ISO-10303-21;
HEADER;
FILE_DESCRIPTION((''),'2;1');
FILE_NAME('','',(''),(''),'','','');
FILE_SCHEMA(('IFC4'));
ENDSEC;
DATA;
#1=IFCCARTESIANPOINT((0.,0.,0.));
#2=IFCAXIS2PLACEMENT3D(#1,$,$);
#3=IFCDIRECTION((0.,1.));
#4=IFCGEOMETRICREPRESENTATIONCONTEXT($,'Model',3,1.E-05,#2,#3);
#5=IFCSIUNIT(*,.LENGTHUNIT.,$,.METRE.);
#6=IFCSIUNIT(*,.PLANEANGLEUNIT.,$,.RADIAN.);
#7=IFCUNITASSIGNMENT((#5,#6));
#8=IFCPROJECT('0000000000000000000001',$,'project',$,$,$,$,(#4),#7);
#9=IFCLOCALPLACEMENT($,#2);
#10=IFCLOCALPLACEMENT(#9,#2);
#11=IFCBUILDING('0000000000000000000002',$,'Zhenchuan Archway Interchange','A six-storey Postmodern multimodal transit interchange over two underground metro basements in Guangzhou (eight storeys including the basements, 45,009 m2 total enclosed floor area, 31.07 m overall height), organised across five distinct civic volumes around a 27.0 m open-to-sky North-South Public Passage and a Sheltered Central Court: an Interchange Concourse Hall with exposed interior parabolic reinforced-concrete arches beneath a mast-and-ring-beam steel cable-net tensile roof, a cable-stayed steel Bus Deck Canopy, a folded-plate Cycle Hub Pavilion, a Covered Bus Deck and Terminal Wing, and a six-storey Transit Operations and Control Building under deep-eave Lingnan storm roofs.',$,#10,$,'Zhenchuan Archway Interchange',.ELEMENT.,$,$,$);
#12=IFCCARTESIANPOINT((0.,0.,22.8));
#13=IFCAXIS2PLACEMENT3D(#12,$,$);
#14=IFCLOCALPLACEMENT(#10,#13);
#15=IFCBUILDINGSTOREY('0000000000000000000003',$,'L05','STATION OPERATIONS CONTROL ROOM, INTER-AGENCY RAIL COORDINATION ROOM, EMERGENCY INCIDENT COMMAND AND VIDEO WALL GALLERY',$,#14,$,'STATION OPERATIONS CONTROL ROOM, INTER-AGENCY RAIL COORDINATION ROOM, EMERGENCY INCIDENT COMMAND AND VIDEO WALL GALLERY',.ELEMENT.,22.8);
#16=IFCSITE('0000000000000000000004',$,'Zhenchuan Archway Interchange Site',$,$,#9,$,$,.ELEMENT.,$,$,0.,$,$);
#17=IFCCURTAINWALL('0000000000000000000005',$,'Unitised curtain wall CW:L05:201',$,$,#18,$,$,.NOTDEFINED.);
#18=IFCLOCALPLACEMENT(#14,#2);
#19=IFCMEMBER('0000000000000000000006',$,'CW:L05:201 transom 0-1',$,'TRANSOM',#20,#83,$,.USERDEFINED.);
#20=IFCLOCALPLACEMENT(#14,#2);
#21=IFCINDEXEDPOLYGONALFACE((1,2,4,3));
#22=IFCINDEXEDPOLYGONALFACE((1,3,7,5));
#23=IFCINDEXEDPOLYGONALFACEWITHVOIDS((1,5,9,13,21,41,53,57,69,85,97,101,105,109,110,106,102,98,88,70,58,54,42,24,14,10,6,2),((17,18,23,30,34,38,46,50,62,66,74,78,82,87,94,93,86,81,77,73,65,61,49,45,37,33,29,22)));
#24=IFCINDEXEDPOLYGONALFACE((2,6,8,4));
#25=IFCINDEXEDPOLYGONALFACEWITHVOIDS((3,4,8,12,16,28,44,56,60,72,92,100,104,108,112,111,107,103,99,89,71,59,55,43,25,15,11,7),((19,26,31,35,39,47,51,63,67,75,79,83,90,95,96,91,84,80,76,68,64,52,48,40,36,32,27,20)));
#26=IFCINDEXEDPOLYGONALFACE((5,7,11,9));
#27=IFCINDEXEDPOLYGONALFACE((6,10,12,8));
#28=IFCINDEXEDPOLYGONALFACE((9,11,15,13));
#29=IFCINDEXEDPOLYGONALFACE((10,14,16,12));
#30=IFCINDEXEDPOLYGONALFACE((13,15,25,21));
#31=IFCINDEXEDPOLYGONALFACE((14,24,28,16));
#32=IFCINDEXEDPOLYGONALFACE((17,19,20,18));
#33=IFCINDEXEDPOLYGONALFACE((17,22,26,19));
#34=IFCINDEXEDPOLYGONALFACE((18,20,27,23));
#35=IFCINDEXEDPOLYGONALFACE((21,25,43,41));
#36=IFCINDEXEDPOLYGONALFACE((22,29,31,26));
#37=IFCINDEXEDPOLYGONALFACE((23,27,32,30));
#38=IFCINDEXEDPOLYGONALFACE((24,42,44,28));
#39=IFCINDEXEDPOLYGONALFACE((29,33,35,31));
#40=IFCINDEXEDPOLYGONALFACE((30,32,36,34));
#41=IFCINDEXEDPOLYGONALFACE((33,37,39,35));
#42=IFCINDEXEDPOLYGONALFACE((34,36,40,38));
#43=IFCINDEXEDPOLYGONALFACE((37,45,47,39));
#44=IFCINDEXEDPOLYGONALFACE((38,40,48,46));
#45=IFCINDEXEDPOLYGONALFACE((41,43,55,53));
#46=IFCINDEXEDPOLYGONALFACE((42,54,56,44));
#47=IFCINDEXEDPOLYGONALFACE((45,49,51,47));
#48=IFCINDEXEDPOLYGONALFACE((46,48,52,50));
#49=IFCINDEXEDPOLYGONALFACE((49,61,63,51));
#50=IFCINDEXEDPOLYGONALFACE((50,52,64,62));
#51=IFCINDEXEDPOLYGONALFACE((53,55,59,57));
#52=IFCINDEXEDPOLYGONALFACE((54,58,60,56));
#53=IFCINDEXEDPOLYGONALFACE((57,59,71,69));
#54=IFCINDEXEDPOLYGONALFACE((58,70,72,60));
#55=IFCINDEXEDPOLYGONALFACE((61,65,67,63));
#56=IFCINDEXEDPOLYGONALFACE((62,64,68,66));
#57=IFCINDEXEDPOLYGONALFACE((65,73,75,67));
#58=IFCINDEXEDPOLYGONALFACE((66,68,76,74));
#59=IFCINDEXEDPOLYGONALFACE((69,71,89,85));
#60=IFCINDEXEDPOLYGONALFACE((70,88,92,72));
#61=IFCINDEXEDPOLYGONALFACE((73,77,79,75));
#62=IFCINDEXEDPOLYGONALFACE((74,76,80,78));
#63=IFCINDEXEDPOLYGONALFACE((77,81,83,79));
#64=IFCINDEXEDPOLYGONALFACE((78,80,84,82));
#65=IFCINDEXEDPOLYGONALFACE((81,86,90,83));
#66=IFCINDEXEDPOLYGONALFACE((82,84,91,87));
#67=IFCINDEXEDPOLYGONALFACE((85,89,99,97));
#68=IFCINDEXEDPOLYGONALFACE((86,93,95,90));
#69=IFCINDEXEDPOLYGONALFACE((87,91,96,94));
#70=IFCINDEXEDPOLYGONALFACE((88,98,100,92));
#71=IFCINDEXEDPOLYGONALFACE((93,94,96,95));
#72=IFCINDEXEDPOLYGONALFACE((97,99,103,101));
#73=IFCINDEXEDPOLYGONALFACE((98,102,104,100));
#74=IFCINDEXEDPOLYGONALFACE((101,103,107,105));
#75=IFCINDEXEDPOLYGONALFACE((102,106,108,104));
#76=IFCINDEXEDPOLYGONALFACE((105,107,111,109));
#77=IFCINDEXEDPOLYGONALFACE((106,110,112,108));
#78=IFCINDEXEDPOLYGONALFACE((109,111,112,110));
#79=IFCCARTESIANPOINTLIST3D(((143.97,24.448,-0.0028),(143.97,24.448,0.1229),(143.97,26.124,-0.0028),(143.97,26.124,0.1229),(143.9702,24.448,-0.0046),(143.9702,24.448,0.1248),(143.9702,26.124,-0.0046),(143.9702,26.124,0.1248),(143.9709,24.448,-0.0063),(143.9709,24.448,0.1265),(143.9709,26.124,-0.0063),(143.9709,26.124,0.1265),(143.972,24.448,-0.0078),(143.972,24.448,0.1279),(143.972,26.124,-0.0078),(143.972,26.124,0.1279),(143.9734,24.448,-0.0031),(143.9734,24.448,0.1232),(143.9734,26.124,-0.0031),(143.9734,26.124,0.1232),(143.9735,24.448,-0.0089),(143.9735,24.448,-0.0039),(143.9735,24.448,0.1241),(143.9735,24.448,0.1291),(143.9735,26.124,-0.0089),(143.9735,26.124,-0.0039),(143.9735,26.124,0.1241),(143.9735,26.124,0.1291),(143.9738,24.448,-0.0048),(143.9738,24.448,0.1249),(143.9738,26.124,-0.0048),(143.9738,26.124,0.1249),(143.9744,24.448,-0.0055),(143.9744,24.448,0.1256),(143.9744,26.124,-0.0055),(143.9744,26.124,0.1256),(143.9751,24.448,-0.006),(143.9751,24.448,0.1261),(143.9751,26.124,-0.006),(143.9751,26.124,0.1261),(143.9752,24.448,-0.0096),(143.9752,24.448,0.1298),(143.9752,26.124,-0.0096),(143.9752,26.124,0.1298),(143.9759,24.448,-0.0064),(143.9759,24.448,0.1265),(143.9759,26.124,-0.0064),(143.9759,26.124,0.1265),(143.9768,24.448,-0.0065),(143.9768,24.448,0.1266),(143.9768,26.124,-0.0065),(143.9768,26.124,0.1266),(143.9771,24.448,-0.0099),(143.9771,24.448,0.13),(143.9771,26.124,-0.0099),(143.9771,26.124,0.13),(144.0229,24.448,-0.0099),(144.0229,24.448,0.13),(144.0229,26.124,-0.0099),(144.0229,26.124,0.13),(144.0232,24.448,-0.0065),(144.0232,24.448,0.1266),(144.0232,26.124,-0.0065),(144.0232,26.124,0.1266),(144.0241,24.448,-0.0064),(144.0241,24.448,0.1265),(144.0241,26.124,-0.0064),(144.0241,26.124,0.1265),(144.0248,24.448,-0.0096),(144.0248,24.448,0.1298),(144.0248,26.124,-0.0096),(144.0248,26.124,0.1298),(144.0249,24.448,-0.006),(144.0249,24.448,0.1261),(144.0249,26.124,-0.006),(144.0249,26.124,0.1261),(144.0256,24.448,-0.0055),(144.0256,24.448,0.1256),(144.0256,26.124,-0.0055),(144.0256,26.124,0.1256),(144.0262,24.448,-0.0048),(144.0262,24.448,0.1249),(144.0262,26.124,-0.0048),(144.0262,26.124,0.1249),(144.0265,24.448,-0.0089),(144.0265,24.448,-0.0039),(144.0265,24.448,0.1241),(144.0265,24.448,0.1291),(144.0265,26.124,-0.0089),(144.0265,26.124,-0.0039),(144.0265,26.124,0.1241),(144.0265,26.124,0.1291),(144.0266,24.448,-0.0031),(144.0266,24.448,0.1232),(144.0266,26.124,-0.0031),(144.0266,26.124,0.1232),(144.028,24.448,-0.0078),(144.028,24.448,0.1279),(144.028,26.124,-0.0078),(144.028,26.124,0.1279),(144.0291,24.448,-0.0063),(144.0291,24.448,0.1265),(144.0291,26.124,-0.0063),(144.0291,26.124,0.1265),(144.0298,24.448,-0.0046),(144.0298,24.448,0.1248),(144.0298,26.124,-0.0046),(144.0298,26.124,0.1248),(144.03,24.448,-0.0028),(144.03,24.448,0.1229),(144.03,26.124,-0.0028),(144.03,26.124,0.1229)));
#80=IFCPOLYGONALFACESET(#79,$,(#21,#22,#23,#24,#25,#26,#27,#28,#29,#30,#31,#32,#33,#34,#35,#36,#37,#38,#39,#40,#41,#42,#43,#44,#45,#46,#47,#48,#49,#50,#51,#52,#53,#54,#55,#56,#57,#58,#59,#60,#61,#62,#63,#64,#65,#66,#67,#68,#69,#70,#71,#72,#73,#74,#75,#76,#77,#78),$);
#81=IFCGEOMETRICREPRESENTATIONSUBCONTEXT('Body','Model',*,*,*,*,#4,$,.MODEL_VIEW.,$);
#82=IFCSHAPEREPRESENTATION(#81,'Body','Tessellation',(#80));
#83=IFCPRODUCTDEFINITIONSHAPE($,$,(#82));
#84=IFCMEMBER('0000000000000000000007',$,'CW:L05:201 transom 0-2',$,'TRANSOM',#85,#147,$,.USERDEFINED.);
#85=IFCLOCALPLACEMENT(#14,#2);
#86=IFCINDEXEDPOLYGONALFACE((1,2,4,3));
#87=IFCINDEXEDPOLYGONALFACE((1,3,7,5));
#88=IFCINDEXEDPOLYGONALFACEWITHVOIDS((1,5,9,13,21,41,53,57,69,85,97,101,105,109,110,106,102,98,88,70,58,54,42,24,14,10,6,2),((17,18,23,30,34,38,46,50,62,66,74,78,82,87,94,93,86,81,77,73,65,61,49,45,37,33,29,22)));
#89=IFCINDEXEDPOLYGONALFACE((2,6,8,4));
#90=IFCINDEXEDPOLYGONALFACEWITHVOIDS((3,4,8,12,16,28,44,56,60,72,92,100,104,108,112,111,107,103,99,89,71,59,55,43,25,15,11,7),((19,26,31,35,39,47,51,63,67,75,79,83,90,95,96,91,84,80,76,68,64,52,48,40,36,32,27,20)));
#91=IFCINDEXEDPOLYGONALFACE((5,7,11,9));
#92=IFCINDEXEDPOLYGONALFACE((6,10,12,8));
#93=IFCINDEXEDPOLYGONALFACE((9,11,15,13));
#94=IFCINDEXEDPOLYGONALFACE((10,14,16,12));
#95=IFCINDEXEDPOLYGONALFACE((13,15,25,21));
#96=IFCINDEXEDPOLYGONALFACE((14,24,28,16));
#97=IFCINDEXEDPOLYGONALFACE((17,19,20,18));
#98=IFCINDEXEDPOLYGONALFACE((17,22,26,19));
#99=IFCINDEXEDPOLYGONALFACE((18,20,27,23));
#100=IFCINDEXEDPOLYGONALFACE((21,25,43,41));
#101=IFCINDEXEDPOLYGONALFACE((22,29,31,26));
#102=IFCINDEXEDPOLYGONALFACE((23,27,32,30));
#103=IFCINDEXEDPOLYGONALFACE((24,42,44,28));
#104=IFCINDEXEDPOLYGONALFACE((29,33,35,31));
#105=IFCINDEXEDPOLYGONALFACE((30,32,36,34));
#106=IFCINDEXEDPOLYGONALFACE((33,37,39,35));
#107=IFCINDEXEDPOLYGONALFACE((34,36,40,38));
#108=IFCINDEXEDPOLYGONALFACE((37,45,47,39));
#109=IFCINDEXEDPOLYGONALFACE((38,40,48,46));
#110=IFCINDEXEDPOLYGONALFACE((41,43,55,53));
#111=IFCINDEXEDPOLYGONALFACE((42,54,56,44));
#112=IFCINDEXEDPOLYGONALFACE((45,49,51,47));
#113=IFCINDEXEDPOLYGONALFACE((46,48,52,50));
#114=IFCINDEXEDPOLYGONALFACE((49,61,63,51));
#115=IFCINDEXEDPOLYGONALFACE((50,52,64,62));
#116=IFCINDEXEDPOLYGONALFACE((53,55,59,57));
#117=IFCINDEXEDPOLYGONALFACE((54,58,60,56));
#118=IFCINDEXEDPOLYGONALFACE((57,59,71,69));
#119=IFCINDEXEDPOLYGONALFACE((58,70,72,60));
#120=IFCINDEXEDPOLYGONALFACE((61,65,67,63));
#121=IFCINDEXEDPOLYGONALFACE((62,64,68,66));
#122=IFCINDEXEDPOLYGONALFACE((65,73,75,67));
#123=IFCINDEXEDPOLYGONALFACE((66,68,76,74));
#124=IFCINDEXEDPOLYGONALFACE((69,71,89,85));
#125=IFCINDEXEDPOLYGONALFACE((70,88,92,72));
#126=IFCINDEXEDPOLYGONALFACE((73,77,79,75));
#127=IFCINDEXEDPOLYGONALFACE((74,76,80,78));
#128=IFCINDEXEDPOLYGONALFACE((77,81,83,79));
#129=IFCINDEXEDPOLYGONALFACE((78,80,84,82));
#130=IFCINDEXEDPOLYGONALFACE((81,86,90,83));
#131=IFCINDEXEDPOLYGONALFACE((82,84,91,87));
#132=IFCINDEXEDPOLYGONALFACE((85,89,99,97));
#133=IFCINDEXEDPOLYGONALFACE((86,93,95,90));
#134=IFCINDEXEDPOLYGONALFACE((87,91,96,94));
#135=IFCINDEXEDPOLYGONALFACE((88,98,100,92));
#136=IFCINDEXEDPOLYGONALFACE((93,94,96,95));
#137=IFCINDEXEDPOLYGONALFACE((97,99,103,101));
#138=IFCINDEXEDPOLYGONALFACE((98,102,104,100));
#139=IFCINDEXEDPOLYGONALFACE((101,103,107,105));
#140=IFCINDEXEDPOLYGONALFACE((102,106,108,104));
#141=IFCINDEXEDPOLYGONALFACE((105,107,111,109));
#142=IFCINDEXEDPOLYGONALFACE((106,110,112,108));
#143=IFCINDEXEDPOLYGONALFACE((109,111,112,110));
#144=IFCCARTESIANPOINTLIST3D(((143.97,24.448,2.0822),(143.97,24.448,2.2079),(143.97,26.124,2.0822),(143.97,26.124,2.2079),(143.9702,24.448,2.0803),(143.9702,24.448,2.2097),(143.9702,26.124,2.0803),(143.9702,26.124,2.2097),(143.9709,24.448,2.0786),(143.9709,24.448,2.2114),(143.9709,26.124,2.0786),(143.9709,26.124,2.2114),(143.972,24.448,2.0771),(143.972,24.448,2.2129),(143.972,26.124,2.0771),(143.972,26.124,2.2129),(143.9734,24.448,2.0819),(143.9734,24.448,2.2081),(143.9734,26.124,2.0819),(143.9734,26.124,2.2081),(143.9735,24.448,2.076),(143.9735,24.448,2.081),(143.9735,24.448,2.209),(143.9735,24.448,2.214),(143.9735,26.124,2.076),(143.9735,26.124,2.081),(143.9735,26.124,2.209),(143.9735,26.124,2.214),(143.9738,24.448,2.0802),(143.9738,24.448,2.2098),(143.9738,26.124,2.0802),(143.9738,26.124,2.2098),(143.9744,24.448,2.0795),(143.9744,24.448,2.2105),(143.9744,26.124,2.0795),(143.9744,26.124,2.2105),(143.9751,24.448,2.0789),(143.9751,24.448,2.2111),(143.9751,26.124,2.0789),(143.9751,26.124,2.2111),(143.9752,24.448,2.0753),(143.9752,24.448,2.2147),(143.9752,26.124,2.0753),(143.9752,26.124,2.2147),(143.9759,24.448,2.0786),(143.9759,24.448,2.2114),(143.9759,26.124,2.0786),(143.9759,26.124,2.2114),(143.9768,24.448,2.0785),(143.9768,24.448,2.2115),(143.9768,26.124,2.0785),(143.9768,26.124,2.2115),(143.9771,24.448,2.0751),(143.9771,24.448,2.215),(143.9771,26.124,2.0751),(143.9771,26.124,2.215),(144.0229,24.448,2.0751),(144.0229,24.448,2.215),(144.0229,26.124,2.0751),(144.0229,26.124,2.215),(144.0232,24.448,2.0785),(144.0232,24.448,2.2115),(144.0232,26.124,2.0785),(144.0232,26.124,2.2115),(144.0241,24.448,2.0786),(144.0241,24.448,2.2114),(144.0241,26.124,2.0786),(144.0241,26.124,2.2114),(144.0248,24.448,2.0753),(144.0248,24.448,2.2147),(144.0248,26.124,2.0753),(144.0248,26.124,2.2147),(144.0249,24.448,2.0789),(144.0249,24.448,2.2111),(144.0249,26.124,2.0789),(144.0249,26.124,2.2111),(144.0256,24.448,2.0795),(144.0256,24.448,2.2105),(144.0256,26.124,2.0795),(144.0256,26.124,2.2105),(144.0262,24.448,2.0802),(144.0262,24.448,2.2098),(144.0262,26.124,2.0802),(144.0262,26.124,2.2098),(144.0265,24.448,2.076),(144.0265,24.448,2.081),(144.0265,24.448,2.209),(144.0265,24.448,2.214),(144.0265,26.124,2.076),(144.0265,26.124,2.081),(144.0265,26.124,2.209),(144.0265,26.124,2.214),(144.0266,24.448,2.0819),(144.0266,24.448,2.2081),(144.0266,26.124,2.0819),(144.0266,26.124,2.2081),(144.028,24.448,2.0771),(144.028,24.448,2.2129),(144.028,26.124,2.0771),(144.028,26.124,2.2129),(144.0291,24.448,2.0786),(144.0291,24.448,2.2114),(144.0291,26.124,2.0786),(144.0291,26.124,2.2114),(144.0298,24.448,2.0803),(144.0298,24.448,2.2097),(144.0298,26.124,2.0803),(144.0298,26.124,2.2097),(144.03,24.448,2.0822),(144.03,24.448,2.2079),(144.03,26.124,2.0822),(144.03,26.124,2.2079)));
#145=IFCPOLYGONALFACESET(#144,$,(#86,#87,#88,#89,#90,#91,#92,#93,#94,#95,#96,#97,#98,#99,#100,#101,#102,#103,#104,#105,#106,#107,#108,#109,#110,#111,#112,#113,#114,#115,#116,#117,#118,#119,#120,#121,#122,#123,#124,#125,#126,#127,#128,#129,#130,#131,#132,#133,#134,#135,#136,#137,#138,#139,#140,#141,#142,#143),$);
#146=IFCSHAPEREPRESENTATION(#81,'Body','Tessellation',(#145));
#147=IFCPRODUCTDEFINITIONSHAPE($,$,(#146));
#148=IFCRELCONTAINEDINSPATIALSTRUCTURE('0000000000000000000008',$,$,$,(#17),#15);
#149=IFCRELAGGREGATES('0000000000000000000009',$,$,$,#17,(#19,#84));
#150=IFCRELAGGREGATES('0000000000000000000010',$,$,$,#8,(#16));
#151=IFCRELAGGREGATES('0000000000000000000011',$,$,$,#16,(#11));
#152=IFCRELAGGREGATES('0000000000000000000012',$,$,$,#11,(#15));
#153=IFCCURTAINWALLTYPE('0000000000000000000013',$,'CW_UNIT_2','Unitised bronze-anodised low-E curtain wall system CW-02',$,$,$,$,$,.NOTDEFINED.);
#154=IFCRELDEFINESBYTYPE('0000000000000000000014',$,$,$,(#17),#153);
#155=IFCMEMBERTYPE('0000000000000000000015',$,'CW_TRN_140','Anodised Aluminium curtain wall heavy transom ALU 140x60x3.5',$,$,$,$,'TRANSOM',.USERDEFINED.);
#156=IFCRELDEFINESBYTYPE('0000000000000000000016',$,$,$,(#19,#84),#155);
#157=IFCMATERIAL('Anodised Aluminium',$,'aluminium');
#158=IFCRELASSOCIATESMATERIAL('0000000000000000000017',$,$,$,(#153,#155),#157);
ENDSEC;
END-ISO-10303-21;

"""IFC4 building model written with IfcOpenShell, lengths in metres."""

from ifc_helpers import new_model, si_unit, direction, frame, origin, origin_2d, place, context, subcontext, project, spatial, hollow_rectangle, extrude, material, material_profile, profile_set, type_object, element, aggregate, save


model = new_model("IFC4")

# Units and contexts
model_context = context("Model", 3, precision=1e-05, world=origin(), true_north=direction((0.0, 1.0)))
body_context = subcontext(model_context, "Body", "Model", "MODEL_VIEW")
ifc_project = project(units=[si_unit("LENGTHUNIT", "METRE"), si_unit("PLANEANGLEUNIT", "RADIAN")], contexts=[model_context])

# Site, building, storey
site_placement = place(None, origin())
site = spatial("IfcSite", under=ifc_project, at=site_placement, Name="Zhenchuan Archway Interchange Site", CompositionType="ELEMENT", RefElevation=0.0)
building_placement = place(site_placement, origin())
building = spatial("IfcBuilding", under=site, at=building_placement, Name="Zhenchuan Archway Interchange", Description="A six-storey Postmodern multimodal transit interchange over two underground metro basements in Guangzhou (eight storeys including the basements, 45,009 m2 total enclosed floor area, 31.07 m overall height), organised across five distinct civic volumes around a 27.0 m open-to-sky North-South Public Passage and a Sheltered Central Court: an Interchange Concourse Hall with exposed interior parabolic reinforced-concrete arches beneath a mast-and-ring-beam steel cable-net tensile roof, a cable-stayed steel Bus Deck Canopy, a folded-plate Cycle Hub Pavilion, a Covered Bus Deck and Terminal Wing, and a six-storey Transit Operations and Control Building under deep-eave Lingnan storm roofs.", LongName="Zhenchuan Archway Interchange", CompositionType="ELEMENT")
storey_placement = place(building_placement, frame((0.0, 0.0, 22.8)))
storey = spatial("IfcBuildingStorey", under=building, at=storey_placement, Name="L05", Description="STATION OPERATIONS CONTROL ROOM, INTER-AGENCY RAIL COORDINATION ROOM, EMERGENCY INCIDENT COMMAND AND VIDEO WALL GALLERY", LongName="STATION OPERATIONS CONTROL ROOM, INTER-AGENCY RAIL COORDINATION ROOM, EMERGENCY INCIDENT COMMAND AND VIDEO WALL GALLERY", CompositionType="ELEMENT", Elevation=22.8)

# Curtain wall, members
ifc_material_1 = material(Name="Anodised Aluminium", Category="aluminium")
curtain_wall_type = type_object("IfcCurtainWallType", Name="CW_UNIT_2", Description="Unitised bronze-anodised low-E curtain wall system CW-02", PredefinedType="NOTDEFINED", material=ifc_material_1)
curtain_wall_placement = place(storey_placement, origin())
curtain_wall = element("IfcCurtainWall", 1, at=curtain_wall_placement, inside=storey, type_object=curtain_wall_type, Name="Unitised curtain wall CW:L05:201", PredefinedType="NOTDEFINED")
ifc_material_profile_1 = material_profile(ifc_material_1, hollow_rectangle(XDim=0.0601, YDim=0.1399, WallThickness=0.0034, InnerFilletRadius=0.0034, OuterFilletRadius=0.0071, at=origin_2d()), Name="ALU 140x60x3.5")
ifc_profile_set_1 = profile_set([ifc_material_profile_1], Name="Anodised Aluminium")
member_type_1 = type_object("IfcMemberType", Name="CW_TRN_140", Description="Anodised Aluminium curtain wall heavy transom ALU 140x60x3.5", ElementType="TRANSOM", PredefinedType="USERDEFINED", material=ifc_profile_set_1)
member_1_placement = place(storey_placement, frame((144.0, 24.448, 0.0601), z_axis=(0.0, 1.0, 0.0), x_axis=(-1.0, 0.0, 0.0)))
member_1 = element("IfcMember", 2, at=member_1_placement, type_object=member_type_1, Name="CW:L05:201 transom 0-1", ObjectType="TRANSOM", PredefinedType="USERDEFINED", context=body_context, shape_type="SweptSolid", body=[
    extrude(hollow_rectangle(XDim=0.0601, YDim=0.1399, WallThickness=0.0034, InnerFilletRadius=0.0034, OuterFilletRadius=0.0071, at=origin_2d()), origin(), (0.0, 0.0, 1.0), 1.676),
])
member_2_placement = place(storey_placement, frame((144.0, 24.448, 2.145), z_axis=(0.0, 1.0, 0.0), x_axis=(-1.0, 0.0, 0.0)))
member_2 = element("IfcMember", 3, at=member_2_placement, type_object=member_type_1, Name="CW:L05:201 transom 0-2", ObjectType="TRANSOM", PredefinedType="USERDEFINED", context=body_context, shape_type="SweptSolid", body=[
    extrude(hollow_rectangle(XDim=0.0601, YDim=0.1399, WallThickness=0.0034, InnerFilletRadius=0.0034, OuterFilletRadius=0.0071, at=origin_2d()), origin(), (0.0, 0.0, 1.0), 1.676),
])
aggregate(curtain_wall, [member_1, member_2])

save(model, "model.ifc")
